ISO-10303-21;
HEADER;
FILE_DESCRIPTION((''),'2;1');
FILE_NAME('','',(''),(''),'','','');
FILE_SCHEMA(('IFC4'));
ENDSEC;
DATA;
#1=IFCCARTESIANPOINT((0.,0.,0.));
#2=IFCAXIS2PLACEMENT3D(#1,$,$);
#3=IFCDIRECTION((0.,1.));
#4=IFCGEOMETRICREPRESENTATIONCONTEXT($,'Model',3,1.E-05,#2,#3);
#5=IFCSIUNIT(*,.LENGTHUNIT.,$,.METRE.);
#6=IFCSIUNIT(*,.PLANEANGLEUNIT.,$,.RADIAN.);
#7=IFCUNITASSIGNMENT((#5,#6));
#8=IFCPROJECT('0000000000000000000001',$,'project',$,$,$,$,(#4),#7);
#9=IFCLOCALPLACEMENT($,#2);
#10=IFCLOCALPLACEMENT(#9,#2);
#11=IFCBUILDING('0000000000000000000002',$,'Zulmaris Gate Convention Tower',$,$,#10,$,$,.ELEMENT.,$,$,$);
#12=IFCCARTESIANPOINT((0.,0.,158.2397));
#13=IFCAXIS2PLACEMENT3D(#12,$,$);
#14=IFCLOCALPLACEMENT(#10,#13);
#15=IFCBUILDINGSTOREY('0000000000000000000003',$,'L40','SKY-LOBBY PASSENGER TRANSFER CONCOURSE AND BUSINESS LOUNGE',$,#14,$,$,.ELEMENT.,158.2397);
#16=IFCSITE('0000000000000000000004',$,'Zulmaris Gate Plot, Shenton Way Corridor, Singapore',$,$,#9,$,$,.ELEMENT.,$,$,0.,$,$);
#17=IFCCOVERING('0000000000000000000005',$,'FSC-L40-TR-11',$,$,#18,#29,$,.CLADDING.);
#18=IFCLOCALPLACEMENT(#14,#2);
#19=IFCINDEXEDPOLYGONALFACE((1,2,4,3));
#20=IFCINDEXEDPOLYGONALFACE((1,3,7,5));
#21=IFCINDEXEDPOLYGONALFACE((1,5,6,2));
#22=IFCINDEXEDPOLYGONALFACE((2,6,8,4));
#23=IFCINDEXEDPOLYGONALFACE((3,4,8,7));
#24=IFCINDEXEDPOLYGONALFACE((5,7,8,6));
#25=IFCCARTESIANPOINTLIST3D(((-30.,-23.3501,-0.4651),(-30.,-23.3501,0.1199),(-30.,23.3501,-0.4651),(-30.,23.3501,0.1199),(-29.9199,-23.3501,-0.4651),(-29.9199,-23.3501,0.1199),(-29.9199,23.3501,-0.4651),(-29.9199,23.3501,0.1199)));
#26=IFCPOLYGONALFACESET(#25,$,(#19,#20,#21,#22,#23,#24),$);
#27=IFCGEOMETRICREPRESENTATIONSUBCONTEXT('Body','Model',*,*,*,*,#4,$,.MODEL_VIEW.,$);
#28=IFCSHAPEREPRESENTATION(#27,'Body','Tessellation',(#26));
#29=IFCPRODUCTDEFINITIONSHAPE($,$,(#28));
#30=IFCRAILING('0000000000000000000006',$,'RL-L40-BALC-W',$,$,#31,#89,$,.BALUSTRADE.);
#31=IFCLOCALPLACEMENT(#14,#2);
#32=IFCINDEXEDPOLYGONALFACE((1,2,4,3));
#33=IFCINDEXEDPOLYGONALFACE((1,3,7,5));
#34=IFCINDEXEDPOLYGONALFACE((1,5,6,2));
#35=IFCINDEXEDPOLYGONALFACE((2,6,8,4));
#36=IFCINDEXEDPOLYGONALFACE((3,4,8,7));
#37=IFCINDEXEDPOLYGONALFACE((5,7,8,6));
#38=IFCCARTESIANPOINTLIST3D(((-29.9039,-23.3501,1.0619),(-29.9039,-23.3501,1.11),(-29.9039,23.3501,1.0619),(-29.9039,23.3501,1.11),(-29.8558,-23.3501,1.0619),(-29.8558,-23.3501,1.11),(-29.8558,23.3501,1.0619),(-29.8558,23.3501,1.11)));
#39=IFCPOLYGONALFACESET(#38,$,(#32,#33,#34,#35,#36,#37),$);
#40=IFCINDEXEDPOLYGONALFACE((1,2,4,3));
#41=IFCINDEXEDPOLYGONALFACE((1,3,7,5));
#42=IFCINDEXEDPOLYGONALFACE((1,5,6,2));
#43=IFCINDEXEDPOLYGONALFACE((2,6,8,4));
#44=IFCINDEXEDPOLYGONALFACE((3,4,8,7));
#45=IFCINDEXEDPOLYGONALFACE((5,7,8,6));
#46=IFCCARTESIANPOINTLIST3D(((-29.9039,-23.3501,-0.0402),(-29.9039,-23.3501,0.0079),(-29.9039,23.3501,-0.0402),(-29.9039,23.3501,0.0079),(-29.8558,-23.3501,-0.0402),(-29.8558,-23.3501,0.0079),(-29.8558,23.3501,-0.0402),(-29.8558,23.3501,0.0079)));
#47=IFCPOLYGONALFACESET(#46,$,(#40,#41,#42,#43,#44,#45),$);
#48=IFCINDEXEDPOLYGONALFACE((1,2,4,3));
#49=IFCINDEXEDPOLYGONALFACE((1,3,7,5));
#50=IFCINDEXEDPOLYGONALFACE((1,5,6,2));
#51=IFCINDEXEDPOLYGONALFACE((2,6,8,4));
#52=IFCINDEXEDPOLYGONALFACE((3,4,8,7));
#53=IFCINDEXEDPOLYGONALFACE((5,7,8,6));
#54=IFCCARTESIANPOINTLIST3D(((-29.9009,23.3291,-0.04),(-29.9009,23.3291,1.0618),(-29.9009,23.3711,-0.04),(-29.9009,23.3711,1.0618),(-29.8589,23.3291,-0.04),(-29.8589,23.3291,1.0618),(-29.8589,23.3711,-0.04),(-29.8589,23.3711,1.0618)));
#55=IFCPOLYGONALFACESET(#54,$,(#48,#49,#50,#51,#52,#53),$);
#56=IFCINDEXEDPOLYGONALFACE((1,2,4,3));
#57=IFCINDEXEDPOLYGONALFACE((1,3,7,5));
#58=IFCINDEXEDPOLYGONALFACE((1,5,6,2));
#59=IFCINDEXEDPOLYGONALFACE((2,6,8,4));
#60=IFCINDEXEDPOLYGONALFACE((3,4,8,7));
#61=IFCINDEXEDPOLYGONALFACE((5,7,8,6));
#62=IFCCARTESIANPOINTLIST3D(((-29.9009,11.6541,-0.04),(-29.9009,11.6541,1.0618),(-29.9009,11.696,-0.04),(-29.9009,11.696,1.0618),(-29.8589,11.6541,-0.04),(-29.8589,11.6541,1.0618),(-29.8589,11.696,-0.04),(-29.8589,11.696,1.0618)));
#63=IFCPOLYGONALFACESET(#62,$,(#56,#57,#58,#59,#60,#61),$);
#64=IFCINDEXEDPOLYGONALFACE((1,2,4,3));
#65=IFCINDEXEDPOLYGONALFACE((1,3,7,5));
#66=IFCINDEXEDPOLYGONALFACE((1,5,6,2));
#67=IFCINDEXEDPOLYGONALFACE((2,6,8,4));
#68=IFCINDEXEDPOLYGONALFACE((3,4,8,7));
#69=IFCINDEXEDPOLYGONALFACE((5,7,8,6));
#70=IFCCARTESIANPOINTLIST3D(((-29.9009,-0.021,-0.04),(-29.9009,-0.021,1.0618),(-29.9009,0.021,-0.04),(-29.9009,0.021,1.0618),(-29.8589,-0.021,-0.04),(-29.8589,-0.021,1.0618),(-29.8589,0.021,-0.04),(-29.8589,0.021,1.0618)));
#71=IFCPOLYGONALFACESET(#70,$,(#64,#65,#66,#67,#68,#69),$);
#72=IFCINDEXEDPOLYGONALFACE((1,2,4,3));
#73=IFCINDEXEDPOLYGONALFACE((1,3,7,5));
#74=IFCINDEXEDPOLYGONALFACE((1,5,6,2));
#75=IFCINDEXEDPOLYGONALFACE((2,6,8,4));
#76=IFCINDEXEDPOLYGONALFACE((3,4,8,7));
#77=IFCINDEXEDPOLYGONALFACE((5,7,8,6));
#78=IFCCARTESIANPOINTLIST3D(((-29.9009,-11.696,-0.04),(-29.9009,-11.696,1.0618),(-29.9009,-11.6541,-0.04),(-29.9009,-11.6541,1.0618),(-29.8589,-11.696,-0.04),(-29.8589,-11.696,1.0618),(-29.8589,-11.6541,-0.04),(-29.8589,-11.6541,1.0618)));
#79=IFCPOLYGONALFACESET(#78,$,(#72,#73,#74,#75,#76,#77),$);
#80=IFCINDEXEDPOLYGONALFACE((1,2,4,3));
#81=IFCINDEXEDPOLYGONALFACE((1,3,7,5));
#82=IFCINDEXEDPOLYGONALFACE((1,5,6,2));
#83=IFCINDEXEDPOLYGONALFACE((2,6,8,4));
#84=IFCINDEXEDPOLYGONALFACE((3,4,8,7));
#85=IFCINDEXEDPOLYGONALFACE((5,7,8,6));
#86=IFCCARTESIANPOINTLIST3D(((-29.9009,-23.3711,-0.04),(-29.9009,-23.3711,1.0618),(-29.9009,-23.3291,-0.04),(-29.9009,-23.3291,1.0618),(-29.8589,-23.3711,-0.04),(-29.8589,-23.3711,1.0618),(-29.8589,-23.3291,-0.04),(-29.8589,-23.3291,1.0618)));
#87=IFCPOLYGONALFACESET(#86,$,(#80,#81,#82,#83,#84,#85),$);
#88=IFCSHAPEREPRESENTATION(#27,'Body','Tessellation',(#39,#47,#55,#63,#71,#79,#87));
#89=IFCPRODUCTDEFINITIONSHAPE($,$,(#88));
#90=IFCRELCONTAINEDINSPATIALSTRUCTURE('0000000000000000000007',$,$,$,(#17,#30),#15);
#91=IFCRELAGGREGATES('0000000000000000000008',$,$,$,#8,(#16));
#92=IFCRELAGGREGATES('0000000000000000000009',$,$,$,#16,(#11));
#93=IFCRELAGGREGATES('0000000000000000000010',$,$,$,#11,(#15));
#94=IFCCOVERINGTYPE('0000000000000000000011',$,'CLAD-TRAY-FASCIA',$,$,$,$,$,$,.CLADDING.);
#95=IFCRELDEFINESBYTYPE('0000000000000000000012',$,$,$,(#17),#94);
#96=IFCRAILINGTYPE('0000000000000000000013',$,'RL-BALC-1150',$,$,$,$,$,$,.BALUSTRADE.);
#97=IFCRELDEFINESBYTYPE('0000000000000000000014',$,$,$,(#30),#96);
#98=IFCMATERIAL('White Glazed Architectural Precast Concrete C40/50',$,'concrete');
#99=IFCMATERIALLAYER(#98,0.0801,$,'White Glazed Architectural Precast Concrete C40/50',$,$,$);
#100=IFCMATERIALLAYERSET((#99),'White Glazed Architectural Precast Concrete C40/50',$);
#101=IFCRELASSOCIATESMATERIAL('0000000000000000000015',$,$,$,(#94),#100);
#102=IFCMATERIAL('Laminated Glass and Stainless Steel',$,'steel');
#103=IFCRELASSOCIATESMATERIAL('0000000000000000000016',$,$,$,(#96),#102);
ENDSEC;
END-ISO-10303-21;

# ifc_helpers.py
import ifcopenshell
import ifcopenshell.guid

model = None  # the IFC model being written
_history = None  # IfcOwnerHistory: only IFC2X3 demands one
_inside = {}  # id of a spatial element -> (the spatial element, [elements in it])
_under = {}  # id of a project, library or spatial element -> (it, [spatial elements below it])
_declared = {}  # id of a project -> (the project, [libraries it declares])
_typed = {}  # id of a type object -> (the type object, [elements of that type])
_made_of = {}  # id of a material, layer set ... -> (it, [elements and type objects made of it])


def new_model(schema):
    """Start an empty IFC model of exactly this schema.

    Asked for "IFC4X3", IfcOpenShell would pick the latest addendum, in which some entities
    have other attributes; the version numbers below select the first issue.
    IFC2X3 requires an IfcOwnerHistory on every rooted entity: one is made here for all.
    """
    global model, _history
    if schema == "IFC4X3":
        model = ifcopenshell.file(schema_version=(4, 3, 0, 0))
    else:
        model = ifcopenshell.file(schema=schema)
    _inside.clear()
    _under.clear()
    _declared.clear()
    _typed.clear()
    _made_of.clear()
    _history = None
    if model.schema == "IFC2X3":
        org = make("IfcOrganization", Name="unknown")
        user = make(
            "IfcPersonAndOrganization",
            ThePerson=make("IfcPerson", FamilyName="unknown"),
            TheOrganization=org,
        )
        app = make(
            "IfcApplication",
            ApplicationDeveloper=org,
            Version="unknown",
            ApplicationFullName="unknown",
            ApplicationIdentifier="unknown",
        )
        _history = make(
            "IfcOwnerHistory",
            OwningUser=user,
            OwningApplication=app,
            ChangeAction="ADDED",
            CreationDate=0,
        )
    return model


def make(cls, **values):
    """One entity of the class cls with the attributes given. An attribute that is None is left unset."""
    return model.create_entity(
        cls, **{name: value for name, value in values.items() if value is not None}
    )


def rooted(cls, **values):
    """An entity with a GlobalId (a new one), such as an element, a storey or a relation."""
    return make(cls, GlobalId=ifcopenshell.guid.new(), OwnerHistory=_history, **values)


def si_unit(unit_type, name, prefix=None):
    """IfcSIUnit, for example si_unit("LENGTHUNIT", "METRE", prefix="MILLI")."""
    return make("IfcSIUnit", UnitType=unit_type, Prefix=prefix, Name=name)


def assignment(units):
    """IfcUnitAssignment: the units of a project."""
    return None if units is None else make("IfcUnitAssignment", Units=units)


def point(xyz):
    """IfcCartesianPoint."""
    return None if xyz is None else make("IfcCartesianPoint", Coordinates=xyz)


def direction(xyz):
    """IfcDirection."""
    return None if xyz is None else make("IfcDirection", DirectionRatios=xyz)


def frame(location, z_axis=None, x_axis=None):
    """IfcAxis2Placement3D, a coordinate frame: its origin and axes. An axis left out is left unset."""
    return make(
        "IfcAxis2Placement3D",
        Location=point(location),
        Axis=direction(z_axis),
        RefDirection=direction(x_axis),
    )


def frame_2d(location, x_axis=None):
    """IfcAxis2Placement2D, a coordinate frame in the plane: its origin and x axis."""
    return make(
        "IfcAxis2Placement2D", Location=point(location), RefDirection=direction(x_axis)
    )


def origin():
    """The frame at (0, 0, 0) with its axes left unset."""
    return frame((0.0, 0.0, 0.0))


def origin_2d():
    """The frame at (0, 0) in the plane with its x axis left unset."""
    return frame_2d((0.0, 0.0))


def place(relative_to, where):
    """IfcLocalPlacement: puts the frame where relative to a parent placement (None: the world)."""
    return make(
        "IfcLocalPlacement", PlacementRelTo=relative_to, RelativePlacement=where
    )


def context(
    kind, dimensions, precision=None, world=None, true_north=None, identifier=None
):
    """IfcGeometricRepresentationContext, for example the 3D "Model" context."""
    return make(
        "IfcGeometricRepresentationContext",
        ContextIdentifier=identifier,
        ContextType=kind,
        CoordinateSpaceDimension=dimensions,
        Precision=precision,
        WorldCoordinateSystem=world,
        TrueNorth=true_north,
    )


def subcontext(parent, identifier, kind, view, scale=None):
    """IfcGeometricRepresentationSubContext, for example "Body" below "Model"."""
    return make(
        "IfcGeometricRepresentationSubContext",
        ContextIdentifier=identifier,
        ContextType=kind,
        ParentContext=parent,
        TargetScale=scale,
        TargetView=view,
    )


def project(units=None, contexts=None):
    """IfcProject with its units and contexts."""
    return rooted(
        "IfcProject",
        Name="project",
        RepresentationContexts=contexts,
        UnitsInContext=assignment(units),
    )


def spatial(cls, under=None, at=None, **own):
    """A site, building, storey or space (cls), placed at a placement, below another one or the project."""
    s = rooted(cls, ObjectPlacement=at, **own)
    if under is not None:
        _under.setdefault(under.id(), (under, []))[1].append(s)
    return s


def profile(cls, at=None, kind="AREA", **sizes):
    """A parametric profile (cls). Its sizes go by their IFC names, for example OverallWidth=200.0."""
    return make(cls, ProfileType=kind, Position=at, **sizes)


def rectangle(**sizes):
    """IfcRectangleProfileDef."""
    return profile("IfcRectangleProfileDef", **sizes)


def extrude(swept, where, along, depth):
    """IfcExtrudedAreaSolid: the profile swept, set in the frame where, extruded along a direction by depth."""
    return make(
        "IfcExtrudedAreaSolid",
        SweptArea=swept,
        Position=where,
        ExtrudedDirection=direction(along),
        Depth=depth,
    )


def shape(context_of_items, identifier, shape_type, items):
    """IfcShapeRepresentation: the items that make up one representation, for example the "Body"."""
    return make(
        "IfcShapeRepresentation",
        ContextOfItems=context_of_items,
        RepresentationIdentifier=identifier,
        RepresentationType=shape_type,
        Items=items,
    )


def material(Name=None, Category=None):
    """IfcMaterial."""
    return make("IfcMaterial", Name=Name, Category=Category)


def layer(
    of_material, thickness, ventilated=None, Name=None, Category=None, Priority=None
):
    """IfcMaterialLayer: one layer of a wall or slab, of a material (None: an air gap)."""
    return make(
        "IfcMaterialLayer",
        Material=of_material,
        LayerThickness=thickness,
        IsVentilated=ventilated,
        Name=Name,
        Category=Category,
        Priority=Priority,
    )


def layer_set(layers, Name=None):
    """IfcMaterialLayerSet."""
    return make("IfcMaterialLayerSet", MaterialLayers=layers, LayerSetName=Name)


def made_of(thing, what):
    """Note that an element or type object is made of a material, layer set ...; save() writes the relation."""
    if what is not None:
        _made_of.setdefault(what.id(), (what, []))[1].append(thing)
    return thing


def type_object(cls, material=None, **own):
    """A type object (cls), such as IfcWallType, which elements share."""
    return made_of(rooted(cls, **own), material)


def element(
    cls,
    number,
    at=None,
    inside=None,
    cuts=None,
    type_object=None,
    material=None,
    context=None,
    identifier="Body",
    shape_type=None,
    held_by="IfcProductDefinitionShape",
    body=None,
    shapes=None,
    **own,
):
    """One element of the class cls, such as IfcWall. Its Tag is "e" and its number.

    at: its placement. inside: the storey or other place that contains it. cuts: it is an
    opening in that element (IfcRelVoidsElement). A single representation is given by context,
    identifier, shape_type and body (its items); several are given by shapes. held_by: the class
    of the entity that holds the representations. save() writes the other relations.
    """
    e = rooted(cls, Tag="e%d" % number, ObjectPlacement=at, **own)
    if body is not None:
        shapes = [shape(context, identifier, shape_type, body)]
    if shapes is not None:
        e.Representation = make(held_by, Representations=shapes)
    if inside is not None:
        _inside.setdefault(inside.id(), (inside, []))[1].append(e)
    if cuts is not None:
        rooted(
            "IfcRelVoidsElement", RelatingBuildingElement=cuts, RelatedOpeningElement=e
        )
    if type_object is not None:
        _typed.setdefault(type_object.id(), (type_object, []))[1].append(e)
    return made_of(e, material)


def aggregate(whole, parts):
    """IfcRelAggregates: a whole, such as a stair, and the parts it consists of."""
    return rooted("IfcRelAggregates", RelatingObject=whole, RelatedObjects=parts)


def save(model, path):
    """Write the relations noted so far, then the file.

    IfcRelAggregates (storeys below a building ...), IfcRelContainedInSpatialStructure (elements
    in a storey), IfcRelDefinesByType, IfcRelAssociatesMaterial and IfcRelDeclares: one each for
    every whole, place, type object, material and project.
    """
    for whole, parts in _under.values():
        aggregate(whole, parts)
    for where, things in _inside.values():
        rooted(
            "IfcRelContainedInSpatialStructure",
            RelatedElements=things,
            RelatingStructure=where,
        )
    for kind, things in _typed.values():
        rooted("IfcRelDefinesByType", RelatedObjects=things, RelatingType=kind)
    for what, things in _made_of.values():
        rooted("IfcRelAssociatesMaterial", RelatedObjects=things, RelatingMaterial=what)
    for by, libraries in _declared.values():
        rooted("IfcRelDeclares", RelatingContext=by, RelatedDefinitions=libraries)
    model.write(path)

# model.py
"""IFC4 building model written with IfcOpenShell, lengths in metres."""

from ifc_helpers import new_model, si_unit, direction, frame, frame_2d, origin, origin_2d, place, context, subcontext, project, spatial, rectangle, extrude, material, layer, layer_set, type_object, element, save


model = new_model("IFC4")

# Units and contexts
model_context = context("Model", 3, precision=1e-05, world=origin(), true_north=direction((0.0, 1.0)))
body_context = subcontext(model_context, "Body", "Model", "MODEL_VIEW")
ifc_project = project(units=[si_unit("LENGTHUNIT", "METRE"), si_unit("PLANEANGLEUNIT", "RADIAN")], contexts=[model_context])

# Site, building, storey
site_placement = place(None, origin())
site = spatial("IfcSite", under=ifc_project, at=site_placement, Name="Zulmaris Gate Plot, Shenton Way Corridor, Singapore", CompositionType="ELEMENT", RefElevation=0.0)
building_placement = place(site_placement, origin())
building = spatial("IfcBuilding", under=site, at=building_placement, Name="Zulmaris Gate Convention Tower", CompositionType="ELEMENT")
storey_placement = place(building_placement, frame((0.0, 0.0, 158.2397)))
storey = spatial("IfcBuildingStorey", under=building, at=storey_placement, Name="L40", Description="SKY-LOBBY PASSENGER TRANSFER CONCOURSE AND BUSINESS LOUNGE", CompositionType="ELEMENT", Elevation=158.2397)

# Covering
ifc_material_1 = material(Name="White Glazed Architectural Precast Concrete C40/50", Category="concrete")
ifc_layer_1 = layer(ifc_material_1, 0.0801, Name="White Glazed Architectural Precast Concrete C40/50")
ifc_layer_set_1 = layer_set([ifc_layer_1], Name="White Glazed Architectural Precast Concrete C40/50")
covering_type_1 = type_object("IfcCoveringType", Name="CLAD-TRAY-FASCIA", PredefinedType="CLADDING", material=ifc_layer_set_1)
covering_1_placement = place(storey_placement, frame((-29.96, 23.3501, -0.4651), z_axis=(0.0, 0.0, 1.0), x_axis=(0.0, -1.0, 0.0)))
element("IfcCovering", 1, at=covering_1_placement, inside=storey, type_object=covering_type_1, Name="FSC-L40-TR-11", PredefinedType="CLADDING", context=body_context, shape_type="SweptSolid", body=[
    extrude(rectangle(XDim=46.7002, YDim=0.0801, at=frame_2d((23.3501, 0.0))), origin(), (0.0, 0.0, 1.0), 0.585),
])

# Railing
ifc_material_2 = material(Name="Laminated Glass and Stainless Steel", Category="steel")
railing_type = type_object("IfcRailingType", Name="RL-BALC-1150", PredefinedType="BALUSTRADE", material=ifc_material_2)
railing_placement = place(storey_placement, frame((-29.8799, 23.3501, -0.04)))
element("IfcRailing", 2, at=railing_placement, inside=storey, type_object=railing_type, Name="RL-L40-BALC-W", PredefinedType="BALUSTRADE", context=body_context, shape_type="SweptSolid", body=[
    extrude(rectangle(XDim=0.0481, YDim=0.0481, at=origin_2d()), frame((0.0, 0.0, 1.126), z_axis=(0.0, -1.0, 0.0), x_axis=(1.0, 0.0, 0.0)), (0.0, 0.0, 1.0), 46.7002),
    extrude(rectangle(XDim=0.0481, YDim=0.0481, at=origin_2d()), frame((0.0, 0.0, 0.0239), z_axis=(0.0, -1.0, 0.0), x_axis=(1.0, 0.0, 0.0)), (0.0, 0.0, 1.0), 46.7002),
    extrude(rectangle(XDim=0.042, YDim=0.042, at=origin_2d()), origin(), (0.0, 0.0, 1.0), 1.1018),
    extrude(rectangle(XDim=0.042, YDim=0.042, at=origin_2d()), frame((0.0, -11.675, 0.0)), (0.0, 0.0, 1.0), 1.1018),
    extrude(rectangle(XDim=0.042, YDim=0.042, at=origin_2d()), frame((0.0, -23.3501, 0.0)), (0.0, 0.0, 1.0), 1.1018),
    extrude(rectangle(XDim=0.042, YDim=0.042, at=origin_2d()), frame((0.0, -35.0251, 0.0)), (0.0, 0.0, 1.0), 1.1018),
    extrude(rectangle(XDim=0.042, YDim=0.042, at=origin_2d()), frame((0.0, -46.7002, 0.0)), (0.0, 0.0, 1.0), 1.1018),
])

save(model, "model.ifc")
